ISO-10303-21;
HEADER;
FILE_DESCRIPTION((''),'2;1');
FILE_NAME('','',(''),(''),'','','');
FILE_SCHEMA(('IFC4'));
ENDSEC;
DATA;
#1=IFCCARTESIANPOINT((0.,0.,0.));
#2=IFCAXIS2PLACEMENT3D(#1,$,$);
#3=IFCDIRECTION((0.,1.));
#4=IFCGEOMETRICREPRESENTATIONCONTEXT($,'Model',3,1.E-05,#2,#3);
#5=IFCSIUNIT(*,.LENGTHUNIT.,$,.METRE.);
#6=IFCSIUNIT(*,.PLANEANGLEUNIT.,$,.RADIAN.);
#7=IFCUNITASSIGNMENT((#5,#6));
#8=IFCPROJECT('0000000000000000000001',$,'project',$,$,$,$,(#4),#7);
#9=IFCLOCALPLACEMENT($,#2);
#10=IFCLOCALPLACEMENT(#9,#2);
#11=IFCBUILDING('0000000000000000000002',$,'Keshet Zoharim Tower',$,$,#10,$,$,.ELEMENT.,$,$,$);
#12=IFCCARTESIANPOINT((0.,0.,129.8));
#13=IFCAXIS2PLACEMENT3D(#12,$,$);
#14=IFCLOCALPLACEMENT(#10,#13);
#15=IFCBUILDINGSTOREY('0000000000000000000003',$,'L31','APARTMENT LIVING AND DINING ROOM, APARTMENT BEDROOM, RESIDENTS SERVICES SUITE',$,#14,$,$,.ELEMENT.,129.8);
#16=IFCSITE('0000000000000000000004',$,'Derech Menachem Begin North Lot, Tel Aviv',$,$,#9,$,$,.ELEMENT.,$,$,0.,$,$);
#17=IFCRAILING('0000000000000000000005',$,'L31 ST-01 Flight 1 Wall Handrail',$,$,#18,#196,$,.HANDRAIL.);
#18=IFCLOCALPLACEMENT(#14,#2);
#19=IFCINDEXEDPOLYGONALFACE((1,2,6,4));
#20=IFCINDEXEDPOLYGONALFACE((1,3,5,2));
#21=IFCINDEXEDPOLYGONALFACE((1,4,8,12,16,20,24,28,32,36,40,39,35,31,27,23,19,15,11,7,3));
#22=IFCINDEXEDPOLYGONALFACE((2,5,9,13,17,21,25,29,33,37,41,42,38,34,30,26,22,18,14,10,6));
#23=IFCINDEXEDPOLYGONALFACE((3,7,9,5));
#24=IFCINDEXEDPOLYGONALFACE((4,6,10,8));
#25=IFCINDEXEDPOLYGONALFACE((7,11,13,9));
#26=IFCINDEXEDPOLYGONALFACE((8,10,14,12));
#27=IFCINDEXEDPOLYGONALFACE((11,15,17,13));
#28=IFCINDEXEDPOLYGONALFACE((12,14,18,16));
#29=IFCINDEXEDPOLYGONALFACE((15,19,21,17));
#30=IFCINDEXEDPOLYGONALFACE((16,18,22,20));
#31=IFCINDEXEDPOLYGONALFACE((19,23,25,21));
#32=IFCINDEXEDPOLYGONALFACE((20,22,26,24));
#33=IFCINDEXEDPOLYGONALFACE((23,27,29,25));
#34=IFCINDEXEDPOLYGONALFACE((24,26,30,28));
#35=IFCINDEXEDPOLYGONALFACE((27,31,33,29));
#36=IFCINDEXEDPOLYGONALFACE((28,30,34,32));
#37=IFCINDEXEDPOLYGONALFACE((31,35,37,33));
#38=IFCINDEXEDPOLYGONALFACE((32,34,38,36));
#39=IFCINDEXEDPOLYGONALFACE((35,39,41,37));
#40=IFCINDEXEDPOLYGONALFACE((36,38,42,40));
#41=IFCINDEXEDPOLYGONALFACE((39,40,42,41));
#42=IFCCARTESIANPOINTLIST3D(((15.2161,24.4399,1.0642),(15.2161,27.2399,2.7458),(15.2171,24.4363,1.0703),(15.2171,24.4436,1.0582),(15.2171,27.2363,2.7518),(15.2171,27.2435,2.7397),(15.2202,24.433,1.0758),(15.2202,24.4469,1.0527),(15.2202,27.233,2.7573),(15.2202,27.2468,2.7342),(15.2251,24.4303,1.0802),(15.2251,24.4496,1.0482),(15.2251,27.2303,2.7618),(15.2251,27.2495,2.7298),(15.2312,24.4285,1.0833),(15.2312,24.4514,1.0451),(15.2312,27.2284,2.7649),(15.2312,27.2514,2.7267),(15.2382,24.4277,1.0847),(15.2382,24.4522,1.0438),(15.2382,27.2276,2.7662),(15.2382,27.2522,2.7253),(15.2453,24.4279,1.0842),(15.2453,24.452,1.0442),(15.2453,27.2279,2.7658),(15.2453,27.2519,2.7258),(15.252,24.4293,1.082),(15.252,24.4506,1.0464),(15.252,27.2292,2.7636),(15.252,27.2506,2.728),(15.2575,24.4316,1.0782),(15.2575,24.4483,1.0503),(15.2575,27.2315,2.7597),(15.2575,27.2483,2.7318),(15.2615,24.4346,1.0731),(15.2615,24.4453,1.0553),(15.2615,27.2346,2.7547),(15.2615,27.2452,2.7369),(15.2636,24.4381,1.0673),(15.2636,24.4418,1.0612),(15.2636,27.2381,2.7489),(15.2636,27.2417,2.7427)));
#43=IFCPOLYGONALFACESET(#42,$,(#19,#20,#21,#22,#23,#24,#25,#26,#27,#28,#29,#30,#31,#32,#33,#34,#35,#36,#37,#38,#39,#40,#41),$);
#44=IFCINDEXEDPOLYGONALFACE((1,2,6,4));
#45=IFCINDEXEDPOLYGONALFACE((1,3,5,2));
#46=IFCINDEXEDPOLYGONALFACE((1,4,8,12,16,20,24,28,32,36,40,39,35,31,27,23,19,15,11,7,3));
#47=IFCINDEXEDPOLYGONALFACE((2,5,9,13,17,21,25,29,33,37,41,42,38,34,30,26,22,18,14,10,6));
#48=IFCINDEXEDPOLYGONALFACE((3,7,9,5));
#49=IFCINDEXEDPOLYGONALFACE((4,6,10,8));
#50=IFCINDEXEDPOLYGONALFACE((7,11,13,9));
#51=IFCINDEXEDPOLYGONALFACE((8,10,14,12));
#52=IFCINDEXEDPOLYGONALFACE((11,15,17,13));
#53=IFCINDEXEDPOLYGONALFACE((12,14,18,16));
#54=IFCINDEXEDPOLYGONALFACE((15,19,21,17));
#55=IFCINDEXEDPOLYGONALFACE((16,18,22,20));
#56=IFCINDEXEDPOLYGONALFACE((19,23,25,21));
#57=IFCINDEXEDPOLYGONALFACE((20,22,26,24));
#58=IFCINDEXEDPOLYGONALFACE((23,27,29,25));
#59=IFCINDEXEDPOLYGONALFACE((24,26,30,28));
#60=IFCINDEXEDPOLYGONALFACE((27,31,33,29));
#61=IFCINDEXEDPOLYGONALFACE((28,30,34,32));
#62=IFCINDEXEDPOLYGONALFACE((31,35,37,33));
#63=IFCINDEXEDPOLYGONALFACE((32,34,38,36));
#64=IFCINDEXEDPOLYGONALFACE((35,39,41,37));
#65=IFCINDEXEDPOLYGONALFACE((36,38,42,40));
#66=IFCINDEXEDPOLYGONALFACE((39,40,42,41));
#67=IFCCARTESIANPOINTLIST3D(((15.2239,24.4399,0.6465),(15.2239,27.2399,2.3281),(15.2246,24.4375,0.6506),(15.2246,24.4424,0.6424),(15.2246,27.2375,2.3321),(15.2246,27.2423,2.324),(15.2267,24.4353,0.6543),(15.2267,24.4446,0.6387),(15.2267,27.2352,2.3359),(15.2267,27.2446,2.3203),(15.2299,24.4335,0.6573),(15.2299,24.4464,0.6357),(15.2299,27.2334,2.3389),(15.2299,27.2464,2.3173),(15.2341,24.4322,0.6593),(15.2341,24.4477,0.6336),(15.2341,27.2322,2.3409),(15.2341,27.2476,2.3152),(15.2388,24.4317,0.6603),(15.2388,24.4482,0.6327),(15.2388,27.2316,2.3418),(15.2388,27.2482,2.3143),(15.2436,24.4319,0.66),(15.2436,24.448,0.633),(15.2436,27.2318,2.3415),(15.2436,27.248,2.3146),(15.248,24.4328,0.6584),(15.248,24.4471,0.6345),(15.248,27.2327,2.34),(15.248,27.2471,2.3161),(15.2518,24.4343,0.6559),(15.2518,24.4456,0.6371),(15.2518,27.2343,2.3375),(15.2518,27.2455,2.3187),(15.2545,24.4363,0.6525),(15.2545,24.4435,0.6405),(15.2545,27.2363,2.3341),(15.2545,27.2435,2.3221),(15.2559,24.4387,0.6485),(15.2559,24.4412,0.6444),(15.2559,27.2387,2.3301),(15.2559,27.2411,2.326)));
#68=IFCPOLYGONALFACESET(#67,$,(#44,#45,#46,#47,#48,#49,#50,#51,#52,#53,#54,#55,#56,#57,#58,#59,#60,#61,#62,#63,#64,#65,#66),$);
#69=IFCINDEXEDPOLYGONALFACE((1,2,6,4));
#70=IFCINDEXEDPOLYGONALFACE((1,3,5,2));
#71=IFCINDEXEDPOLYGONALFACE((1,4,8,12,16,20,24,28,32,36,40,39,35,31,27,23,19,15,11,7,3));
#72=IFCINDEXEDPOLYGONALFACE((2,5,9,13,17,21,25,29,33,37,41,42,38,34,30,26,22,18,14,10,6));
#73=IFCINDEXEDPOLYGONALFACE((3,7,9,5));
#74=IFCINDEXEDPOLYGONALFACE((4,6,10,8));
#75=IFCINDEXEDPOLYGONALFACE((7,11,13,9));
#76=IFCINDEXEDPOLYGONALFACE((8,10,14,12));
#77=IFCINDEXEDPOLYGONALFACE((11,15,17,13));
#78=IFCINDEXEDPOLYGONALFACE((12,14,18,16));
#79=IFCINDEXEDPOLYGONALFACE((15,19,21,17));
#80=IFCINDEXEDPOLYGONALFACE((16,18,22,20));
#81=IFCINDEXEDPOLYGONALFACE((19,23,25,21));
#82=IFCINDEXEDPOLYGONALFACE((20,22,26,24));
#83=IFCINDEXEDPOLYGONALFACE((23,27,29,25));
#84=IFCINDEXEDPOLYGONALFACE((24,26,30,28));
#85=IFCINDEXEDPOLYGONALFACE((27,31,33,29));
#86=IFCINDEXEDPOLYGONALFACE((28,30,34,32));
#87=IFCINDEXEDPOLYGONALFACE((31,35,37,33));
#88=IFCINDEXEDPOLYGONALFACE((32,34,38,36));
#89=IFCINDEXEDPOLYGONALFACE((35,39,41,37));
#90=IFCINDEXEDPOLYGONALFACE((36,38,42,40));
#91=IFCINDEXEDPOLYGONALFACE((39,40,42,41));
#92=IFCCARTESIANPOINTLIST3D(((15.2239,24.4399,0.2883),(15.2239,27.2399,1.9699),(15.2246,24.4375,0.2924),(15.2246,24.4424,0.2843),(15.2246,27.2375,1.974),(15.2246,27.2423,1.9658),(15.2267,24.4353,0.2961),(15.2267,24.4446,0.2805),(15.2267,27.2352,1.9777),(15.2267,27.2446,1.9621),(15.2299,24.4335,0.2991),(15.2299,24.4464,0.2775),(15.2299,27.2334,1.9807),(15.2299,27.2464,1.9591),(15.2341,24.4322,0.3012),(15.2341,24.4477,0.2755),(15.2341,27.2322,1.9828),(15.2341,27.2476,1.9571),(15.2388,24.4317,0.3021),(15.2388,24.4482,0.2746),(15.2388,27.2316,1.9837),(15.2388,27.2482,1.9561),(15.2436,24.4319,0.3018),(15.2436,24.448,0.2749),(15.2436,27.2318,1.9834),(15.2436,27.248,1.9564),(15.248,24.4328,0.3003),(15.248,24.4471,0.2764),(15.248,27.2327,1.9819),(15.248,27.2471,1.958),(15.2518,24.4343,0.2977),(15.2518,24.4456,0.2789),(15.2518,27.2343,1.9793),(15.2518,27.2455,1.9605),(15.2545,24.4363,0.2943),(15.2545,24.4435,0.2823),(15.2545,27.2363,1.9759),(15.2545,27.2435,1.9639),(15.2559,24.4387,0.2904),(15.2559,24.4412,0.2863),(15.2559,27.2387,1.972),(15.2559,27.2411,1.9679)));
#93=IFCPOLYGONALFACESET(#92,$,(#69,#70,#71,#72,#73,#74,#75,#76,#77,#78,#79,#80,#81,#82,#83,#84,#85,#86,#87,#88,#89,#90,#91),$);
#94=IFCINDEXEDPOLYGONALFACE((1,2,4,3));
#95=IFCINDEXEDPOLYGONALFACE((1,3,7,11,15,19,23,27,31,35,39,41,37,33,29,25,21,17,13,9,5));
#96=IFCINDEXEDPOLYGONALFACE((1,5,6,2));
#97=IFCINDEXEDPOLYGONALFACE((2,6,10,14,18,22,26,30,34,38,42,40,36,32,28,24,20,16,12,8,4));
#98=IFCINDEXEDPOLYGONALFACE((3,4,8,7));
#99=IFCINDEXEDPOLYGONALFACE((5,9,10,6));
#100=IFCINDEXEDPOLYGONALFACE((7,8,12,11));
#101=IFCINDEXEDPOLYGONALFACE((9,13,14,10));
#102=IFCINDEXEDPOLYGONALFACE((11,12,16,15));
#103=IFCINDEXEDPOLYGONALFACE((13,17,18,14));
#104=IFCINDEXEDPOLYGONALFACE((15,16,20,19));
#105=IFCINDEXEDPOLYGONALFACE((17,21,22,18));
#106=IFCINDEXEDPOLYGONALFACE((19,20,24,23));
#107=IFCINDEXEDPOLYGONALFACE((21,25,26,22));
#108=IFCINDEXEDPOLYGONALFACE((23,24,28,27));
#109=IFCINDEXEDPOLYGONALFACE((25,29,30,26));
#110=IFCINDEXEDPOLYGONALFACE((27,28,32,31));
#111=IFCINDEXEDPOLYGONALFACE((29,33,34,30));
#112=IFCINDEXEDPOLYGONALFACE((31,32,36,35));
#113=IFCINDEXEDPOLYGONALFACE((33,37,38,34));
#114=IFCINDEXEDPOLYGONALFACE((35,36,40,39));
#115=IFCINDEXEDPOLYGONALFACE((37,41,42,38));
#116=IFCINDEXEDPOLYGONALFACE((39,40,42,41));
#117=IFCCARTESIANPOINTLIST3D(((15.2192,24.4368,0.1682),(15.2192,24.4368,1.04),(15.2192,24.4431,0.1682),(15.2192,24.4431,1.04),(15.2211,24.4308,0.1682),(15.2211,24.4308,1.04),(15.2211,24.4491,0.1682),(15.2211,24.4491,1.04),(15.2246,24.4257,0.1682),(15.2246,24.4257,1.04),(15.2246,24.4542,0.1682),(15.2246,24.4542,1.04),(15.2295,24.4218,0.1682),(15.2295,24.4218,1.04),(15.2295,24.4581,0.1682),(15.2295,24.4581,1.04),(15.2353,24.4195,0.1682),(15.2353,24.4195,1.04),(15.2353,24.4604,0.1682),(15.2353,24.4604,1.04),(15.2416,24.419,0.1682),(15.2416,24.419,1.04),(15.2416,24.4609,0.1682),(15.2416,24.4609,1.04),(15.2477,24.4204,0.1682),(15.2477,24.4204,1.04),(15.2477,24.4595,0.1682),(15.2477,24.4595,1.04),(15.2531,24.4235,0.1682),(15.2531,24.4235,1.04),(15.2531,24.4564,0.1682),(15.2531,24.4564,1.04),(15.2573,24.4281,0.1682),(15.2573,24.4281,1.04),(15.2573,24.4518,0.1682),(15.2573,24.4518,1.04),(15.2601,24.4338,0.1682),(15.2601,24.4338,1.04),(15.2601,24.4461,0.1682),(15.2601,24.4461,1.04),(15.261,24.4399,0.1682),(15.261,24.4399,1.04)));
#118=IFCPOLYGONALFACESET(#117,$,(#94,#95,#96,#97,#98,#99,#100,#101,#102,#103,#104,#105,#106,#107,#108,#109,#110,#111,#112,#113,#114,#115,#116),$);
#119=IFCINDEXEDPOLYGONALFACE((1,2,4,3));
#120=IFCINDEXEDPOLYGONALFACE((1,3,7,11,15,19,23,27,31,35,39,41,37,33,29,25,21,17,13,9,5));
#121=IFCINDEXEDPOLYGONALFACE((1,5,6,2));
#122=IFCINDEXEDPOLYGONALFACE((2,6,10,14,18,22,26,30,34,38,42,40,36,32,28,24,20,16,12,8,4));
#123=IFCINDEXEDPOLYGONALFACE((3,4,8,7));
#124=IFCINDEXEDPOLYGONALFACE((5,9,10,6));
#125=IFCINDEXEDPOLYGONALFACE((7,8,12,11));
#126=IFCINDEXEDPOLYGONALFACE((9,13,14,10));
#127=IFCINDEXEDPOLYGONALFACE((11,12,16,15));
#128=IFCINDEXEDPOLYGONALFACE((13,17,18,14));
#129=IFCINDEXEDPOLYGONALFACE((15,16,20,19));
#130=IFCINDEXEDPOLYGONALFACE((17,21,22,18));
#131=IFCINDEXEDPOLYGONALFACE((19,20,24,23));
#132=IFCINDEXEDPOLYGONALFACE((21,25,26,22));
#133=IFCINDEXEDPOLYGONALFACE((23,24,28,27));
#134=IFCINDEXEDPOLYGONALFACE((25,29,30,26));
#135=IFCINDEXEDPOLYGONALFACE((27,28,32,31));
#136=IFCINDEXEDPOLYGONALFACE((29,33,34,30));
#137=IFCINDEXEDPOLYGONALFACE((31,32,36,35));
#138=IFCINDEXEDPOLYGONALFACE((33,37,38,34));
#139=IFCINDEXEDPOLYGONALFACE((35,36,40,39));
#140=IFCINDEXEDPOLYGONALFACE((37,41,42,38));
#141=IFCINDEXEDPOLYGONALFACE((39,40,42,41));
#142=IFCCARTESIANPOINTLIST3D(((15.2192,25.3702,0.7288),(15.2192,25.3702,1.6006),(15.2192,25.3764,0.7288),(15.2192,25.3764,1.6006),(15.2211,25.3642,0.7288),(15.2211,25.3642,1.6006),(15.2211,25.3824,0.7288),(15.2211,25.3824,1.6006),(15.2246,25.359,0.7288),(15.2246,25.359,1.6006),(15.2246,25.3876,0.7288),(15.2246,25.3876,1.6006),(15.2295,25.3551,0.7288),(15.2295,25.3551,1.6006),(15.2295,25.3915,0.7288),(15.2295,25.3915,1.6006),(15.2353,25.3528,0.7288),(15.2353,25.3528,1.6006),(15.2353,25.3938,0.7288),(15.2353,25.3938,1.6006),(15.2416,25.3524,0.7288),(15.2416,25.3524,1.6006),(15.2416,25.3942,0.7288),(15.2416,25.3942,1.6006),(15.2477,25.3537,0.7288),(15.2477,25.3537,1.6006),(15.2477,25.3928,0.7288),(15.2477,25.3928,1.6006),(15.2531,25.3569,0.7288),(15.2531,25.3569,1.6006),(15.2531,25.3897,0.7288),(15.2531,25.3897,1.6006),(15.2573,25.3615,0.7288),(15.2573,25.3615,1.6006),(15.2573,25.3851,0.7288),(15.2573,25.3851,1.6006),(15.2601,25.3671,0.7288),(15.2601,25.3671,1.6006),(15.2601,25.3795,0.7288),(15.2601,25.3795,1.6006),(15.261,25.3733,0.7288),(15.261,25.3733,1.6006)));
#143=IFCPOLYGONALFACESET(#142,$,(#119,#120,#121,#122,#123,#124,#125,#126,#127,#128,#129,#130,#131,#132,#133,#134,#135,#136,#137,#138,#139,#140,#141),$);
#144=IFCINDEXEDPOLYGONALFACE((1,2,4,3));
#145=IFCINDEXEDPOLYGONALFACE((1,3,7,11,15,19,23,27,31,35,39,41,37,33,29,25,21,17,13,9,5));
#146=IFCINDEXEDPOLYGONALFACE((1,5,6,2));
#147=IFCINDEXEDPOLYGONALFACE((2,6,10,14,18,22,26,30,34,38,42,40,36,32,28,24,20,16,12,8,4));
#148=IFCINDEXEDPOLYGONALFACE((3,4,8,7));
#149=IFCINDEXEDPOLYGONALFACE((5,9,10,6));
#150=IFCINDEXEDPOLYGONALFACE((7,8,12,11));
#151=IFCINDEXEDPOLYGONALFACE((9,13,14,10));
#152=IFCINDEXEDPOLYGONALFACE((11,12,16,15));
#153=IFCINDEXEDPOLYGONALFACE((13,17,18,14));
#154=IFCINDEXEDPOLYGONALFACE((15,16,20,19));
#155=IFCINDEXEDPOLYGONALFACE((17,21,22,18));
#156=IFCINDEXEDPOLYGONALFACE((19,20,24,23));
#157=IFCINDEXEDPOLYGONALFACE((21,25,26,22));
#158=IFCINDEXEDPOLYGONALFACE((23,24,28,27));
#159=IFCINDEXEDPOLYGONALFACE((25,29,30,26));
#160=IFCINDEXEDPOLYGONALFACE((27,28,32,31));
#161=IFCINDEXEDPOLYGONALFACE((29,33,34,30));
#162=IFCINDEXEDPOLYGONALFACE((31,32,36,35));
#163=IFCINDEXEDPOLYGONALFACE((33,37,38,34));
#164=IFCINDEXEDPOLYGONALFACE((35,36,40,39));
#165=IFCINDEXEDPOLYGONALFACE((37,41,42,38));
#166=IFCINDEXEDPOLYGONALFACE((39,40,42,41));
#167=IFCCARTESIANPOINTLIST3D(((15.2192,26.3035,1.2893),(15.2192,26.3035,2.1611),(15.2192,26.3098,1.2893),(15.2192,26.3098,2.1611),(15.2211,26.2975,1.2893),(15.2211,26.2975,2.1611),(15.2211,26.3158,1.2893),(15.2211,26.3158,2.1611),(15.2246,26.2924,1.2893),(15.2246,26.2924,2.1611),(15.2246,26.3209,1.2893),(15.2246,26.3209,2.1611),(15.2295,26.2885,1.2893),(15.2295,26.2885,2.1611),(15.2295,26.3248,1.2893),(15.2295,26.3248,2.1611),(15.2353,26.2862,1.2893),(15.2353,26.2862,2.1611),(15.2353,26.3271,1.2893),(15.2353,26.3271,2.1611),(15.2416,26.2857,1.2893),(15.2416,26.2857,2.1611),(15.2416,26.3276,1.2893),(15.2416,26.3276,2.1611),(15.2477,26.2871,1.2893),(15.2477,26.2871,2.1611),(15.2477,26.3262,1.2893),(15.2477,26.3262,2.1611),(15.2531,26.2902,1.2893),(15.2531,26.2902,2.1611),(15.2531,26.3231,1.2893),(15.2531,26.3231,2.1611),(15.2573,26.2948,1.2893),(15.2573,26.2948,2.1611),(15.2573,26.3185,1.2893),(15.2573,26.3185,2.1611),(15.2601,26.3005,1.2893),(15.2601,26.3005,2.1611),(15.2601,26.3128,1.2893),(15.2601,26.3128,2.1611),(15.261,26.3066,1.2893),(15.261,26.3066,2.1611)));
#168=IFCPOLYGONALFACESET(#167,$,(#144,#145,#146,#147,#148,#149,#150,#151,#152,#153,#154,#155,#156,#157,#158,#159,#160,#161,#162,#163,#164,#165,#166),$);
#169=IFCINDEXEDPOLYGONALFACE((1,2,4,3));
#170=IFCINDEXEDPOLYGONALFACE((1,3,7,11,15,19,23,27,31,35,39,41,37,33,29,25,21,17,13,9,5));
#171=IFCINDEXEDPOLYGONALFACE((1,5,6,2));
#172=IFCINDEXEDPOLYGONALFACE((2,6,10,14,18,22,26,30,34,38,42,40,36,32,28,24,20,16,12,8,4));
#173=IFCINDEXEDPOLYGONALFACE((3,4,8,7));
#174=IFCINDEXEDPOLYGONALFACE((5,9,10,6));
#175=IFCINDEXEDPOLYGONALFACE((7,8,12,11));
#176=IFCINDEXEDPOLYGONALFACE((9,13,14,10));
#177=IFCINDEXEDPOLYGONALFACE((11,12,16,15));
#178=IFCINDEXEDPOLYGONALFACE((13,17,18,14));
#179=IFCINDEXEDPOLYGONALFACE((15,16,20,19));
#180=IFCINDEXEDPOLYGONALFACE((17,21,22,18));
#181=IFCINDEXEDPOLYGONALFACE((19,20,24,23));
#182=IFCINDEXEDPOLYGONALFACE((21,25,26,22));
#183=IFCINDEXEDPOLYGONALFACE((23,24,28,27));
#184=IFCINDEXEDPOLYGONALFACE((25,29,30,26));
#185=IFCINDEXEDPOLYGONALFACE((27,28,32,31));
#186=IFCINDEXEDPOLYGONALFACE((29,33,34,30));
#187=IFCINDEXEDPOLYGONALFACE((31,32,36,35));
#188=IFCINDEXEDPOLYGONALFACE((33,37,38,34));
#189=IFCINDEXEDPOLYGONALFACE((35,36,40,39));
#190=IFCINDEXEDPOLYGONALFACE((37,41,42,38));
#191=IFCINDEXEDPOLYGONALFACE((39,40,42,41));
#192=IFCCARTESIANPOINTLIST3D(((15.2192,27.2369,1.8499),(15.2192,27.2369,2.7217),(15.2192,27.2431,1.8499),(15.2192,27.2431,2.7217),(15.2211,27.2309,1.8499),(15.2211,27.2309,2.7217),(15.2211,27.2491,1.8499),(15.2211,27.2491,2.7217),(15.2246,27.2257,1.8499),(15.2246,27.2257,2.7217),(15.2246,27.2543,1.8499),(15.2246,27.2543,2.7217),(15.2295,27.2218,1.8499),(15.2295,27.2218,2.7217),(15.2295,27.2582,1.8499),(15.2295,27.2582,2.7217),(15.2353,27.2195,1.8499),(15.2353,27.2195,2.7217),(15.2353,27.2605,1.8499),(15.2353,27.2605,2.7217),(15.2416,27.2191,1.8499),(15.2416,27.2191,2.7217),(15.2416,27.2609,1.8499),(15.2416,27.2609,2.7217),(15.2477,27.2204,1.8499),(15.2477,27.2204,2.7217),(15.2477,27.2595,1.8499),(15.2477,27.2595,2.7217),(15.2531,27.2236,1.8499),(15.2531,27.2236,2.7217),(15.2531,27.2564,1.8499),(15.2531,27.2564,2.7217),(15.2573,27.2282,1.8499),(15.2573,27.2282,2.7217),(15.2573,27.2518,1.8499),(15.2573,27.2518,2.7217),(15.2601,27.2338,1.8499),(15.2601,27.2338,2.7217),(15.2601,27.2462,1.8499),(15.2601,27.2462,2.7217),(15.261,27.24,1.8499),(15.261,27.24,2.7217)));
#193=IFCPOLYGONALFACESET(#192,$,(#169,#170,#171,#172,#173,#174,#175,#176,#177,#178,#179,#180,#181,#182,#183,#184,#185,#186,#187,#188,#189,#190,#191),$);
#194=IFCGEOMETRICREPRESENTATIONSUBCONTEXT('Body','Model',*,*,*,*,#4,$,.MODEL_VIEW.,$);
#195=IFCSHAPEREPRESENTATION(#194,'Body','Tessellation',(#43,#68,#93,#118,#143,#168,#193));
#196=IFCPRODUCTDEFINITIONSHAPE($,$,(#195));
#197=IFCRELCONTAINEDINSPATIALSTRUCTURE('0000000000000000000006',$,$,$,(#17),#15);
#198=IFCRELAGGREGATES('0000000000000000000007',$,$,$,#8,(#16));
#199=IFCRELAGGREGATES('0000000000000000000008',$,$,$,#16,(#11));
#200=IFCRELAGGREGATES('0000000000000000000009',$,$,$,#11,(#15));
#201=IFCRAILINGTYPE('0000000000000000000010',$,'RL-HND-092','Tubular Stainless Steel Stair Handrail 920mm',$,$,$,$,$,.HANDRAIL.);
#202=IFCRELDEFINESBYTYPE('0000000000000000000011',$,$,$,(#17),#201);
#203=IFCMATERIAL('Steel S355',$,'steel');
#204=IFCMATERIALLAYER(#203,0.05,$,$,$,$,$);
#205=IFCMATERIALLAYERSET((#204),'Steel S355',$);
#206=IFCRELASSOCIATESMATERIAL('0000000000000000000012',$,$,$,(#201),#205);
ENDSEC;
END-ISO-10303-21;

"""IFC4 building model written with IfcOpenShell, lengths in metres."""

from ifc_helpers import new_model, si_unit, direction, frame, origin, origin_2d, place, context, subcontext, project, spatial, circle, extrude, material, layer, layer_set, type_object, element, save


model = new_model("IFC4")

# Units and contexts
model_context = context("Model", 3, precision=1e-05, world=origin(), true_north=direction((0.0, 1.0)))
body_context = subcontext(model_context, "Body", "Model", "MODEL_VIEW")
ifc_project = project(units=[si_unit("LENGTHUNIT", "METRE"), si_unit("PLANEANGLEUNIT", "RADIAN")], contexts=[model_context])

# Site, building, storey
site_placement = place(None, origin())
site = spatial("IfcSite", under=ifc_project, at=site_placement, Name="Derech Menachem Begin North Lot, Tel Aviv", CompositionType="ELEMENT", RefElevation=0.0)
building_placement = place(site_placement, origin())
building = spatial("IfcBuilding", under=site, at=building_placement, Name="Keshet Zoharim Tower", CompositionType="ELEMENT")
storey_placement = place(building_placement, frame((0.0, 0.0, 129.8)))
storey = spatial("IfcBuildingStorey", under=building, at=storey_placement, Name="L31", Description="APARTMENT LIVING AND DINING ROOM, APARTMENT BEDROOM, RESIDENTS SERVICES SUITE", CompositionType="ELEMENT", Elevation=129.8)

# Shared definitions
ifc_material_1 = material(Name="Steel S355", Category="steel")

# Railing
ifc_layer_1 = layer(ifc_material_1, 0.05)
ifc_layer_set_1 = layer_set([ifc_layer_1], Name="Steel S355")
railing_type_1 = type_object("IfcRailingType", Name="RL-HND-092", Description="Tubular Stainless Steel Stair Handrail 920mm", PredefinedType="HANDRAIL", material=ifc_layer_set_1)
railing_1_placement = place(storey_placement, frame((15.24, 24.4399, 0.1682)))
element("IfcRailing", 1, at=railing_1_placement, inside=storey, type_object=railing_type_1, Name="L31 ST-01 Flight 1 Wall Handrail", PredefinedType="HANDRAIL", context=body_context, shape_type="SweptSolid", body=[
    extrude(circle(Radius=0.0239, at=origin_2d()), frame((0.0, 0.0, 0.896), z_axis=(0.0, 0.857275, 0.514858), x_axis=(-1.0, 0.0, 0.0)), (0.0, 0.0, 1.0), 3.2661),
    extrude(circle(Radius=0.0161, at=origin_2d()), frame((0.0, 0.0, 0.4783), z_axis=(0.0, 0.857275, 0.514858), x_axis=(-1.0, 0.0, 0.0)), (0.0, 0.0, 1.0), 3.2661),
    extrude(circle(Radius=0.0161, at=origin_2d()), frame((0.0, 0.0, 0.1201), z_axis=(0.0, 0.857275, 0.514858), x_axis=(-1.0, 0.0, 0.0)), (0.0, 0.0, 1.0), 3.2661),
    extrude(circle(Radius=0.021, at=origin_2d()), origin(), (0.0, 0.0, 1.0), 0.8718),
    extrude(circle(Radius=0.021, at=origin_2d()), frame((0.0, 0.9333, 0.5605)), (0.0, 0.0, 1.0), 0.8718),
    extrude(circle(Radius=0.021, at=origin_2d()), frame((0.0, 1.8667, 1.1211)), (0.0, 0.0, 1.0), 0.8718),
    extrude(circle(Radius=0.021, at=origin_2d()), frame((0.0, 2.8, 1.6816)), (0.0, 0.0, 1.0), 0.8718),
])

save(model, "model.ifc")
